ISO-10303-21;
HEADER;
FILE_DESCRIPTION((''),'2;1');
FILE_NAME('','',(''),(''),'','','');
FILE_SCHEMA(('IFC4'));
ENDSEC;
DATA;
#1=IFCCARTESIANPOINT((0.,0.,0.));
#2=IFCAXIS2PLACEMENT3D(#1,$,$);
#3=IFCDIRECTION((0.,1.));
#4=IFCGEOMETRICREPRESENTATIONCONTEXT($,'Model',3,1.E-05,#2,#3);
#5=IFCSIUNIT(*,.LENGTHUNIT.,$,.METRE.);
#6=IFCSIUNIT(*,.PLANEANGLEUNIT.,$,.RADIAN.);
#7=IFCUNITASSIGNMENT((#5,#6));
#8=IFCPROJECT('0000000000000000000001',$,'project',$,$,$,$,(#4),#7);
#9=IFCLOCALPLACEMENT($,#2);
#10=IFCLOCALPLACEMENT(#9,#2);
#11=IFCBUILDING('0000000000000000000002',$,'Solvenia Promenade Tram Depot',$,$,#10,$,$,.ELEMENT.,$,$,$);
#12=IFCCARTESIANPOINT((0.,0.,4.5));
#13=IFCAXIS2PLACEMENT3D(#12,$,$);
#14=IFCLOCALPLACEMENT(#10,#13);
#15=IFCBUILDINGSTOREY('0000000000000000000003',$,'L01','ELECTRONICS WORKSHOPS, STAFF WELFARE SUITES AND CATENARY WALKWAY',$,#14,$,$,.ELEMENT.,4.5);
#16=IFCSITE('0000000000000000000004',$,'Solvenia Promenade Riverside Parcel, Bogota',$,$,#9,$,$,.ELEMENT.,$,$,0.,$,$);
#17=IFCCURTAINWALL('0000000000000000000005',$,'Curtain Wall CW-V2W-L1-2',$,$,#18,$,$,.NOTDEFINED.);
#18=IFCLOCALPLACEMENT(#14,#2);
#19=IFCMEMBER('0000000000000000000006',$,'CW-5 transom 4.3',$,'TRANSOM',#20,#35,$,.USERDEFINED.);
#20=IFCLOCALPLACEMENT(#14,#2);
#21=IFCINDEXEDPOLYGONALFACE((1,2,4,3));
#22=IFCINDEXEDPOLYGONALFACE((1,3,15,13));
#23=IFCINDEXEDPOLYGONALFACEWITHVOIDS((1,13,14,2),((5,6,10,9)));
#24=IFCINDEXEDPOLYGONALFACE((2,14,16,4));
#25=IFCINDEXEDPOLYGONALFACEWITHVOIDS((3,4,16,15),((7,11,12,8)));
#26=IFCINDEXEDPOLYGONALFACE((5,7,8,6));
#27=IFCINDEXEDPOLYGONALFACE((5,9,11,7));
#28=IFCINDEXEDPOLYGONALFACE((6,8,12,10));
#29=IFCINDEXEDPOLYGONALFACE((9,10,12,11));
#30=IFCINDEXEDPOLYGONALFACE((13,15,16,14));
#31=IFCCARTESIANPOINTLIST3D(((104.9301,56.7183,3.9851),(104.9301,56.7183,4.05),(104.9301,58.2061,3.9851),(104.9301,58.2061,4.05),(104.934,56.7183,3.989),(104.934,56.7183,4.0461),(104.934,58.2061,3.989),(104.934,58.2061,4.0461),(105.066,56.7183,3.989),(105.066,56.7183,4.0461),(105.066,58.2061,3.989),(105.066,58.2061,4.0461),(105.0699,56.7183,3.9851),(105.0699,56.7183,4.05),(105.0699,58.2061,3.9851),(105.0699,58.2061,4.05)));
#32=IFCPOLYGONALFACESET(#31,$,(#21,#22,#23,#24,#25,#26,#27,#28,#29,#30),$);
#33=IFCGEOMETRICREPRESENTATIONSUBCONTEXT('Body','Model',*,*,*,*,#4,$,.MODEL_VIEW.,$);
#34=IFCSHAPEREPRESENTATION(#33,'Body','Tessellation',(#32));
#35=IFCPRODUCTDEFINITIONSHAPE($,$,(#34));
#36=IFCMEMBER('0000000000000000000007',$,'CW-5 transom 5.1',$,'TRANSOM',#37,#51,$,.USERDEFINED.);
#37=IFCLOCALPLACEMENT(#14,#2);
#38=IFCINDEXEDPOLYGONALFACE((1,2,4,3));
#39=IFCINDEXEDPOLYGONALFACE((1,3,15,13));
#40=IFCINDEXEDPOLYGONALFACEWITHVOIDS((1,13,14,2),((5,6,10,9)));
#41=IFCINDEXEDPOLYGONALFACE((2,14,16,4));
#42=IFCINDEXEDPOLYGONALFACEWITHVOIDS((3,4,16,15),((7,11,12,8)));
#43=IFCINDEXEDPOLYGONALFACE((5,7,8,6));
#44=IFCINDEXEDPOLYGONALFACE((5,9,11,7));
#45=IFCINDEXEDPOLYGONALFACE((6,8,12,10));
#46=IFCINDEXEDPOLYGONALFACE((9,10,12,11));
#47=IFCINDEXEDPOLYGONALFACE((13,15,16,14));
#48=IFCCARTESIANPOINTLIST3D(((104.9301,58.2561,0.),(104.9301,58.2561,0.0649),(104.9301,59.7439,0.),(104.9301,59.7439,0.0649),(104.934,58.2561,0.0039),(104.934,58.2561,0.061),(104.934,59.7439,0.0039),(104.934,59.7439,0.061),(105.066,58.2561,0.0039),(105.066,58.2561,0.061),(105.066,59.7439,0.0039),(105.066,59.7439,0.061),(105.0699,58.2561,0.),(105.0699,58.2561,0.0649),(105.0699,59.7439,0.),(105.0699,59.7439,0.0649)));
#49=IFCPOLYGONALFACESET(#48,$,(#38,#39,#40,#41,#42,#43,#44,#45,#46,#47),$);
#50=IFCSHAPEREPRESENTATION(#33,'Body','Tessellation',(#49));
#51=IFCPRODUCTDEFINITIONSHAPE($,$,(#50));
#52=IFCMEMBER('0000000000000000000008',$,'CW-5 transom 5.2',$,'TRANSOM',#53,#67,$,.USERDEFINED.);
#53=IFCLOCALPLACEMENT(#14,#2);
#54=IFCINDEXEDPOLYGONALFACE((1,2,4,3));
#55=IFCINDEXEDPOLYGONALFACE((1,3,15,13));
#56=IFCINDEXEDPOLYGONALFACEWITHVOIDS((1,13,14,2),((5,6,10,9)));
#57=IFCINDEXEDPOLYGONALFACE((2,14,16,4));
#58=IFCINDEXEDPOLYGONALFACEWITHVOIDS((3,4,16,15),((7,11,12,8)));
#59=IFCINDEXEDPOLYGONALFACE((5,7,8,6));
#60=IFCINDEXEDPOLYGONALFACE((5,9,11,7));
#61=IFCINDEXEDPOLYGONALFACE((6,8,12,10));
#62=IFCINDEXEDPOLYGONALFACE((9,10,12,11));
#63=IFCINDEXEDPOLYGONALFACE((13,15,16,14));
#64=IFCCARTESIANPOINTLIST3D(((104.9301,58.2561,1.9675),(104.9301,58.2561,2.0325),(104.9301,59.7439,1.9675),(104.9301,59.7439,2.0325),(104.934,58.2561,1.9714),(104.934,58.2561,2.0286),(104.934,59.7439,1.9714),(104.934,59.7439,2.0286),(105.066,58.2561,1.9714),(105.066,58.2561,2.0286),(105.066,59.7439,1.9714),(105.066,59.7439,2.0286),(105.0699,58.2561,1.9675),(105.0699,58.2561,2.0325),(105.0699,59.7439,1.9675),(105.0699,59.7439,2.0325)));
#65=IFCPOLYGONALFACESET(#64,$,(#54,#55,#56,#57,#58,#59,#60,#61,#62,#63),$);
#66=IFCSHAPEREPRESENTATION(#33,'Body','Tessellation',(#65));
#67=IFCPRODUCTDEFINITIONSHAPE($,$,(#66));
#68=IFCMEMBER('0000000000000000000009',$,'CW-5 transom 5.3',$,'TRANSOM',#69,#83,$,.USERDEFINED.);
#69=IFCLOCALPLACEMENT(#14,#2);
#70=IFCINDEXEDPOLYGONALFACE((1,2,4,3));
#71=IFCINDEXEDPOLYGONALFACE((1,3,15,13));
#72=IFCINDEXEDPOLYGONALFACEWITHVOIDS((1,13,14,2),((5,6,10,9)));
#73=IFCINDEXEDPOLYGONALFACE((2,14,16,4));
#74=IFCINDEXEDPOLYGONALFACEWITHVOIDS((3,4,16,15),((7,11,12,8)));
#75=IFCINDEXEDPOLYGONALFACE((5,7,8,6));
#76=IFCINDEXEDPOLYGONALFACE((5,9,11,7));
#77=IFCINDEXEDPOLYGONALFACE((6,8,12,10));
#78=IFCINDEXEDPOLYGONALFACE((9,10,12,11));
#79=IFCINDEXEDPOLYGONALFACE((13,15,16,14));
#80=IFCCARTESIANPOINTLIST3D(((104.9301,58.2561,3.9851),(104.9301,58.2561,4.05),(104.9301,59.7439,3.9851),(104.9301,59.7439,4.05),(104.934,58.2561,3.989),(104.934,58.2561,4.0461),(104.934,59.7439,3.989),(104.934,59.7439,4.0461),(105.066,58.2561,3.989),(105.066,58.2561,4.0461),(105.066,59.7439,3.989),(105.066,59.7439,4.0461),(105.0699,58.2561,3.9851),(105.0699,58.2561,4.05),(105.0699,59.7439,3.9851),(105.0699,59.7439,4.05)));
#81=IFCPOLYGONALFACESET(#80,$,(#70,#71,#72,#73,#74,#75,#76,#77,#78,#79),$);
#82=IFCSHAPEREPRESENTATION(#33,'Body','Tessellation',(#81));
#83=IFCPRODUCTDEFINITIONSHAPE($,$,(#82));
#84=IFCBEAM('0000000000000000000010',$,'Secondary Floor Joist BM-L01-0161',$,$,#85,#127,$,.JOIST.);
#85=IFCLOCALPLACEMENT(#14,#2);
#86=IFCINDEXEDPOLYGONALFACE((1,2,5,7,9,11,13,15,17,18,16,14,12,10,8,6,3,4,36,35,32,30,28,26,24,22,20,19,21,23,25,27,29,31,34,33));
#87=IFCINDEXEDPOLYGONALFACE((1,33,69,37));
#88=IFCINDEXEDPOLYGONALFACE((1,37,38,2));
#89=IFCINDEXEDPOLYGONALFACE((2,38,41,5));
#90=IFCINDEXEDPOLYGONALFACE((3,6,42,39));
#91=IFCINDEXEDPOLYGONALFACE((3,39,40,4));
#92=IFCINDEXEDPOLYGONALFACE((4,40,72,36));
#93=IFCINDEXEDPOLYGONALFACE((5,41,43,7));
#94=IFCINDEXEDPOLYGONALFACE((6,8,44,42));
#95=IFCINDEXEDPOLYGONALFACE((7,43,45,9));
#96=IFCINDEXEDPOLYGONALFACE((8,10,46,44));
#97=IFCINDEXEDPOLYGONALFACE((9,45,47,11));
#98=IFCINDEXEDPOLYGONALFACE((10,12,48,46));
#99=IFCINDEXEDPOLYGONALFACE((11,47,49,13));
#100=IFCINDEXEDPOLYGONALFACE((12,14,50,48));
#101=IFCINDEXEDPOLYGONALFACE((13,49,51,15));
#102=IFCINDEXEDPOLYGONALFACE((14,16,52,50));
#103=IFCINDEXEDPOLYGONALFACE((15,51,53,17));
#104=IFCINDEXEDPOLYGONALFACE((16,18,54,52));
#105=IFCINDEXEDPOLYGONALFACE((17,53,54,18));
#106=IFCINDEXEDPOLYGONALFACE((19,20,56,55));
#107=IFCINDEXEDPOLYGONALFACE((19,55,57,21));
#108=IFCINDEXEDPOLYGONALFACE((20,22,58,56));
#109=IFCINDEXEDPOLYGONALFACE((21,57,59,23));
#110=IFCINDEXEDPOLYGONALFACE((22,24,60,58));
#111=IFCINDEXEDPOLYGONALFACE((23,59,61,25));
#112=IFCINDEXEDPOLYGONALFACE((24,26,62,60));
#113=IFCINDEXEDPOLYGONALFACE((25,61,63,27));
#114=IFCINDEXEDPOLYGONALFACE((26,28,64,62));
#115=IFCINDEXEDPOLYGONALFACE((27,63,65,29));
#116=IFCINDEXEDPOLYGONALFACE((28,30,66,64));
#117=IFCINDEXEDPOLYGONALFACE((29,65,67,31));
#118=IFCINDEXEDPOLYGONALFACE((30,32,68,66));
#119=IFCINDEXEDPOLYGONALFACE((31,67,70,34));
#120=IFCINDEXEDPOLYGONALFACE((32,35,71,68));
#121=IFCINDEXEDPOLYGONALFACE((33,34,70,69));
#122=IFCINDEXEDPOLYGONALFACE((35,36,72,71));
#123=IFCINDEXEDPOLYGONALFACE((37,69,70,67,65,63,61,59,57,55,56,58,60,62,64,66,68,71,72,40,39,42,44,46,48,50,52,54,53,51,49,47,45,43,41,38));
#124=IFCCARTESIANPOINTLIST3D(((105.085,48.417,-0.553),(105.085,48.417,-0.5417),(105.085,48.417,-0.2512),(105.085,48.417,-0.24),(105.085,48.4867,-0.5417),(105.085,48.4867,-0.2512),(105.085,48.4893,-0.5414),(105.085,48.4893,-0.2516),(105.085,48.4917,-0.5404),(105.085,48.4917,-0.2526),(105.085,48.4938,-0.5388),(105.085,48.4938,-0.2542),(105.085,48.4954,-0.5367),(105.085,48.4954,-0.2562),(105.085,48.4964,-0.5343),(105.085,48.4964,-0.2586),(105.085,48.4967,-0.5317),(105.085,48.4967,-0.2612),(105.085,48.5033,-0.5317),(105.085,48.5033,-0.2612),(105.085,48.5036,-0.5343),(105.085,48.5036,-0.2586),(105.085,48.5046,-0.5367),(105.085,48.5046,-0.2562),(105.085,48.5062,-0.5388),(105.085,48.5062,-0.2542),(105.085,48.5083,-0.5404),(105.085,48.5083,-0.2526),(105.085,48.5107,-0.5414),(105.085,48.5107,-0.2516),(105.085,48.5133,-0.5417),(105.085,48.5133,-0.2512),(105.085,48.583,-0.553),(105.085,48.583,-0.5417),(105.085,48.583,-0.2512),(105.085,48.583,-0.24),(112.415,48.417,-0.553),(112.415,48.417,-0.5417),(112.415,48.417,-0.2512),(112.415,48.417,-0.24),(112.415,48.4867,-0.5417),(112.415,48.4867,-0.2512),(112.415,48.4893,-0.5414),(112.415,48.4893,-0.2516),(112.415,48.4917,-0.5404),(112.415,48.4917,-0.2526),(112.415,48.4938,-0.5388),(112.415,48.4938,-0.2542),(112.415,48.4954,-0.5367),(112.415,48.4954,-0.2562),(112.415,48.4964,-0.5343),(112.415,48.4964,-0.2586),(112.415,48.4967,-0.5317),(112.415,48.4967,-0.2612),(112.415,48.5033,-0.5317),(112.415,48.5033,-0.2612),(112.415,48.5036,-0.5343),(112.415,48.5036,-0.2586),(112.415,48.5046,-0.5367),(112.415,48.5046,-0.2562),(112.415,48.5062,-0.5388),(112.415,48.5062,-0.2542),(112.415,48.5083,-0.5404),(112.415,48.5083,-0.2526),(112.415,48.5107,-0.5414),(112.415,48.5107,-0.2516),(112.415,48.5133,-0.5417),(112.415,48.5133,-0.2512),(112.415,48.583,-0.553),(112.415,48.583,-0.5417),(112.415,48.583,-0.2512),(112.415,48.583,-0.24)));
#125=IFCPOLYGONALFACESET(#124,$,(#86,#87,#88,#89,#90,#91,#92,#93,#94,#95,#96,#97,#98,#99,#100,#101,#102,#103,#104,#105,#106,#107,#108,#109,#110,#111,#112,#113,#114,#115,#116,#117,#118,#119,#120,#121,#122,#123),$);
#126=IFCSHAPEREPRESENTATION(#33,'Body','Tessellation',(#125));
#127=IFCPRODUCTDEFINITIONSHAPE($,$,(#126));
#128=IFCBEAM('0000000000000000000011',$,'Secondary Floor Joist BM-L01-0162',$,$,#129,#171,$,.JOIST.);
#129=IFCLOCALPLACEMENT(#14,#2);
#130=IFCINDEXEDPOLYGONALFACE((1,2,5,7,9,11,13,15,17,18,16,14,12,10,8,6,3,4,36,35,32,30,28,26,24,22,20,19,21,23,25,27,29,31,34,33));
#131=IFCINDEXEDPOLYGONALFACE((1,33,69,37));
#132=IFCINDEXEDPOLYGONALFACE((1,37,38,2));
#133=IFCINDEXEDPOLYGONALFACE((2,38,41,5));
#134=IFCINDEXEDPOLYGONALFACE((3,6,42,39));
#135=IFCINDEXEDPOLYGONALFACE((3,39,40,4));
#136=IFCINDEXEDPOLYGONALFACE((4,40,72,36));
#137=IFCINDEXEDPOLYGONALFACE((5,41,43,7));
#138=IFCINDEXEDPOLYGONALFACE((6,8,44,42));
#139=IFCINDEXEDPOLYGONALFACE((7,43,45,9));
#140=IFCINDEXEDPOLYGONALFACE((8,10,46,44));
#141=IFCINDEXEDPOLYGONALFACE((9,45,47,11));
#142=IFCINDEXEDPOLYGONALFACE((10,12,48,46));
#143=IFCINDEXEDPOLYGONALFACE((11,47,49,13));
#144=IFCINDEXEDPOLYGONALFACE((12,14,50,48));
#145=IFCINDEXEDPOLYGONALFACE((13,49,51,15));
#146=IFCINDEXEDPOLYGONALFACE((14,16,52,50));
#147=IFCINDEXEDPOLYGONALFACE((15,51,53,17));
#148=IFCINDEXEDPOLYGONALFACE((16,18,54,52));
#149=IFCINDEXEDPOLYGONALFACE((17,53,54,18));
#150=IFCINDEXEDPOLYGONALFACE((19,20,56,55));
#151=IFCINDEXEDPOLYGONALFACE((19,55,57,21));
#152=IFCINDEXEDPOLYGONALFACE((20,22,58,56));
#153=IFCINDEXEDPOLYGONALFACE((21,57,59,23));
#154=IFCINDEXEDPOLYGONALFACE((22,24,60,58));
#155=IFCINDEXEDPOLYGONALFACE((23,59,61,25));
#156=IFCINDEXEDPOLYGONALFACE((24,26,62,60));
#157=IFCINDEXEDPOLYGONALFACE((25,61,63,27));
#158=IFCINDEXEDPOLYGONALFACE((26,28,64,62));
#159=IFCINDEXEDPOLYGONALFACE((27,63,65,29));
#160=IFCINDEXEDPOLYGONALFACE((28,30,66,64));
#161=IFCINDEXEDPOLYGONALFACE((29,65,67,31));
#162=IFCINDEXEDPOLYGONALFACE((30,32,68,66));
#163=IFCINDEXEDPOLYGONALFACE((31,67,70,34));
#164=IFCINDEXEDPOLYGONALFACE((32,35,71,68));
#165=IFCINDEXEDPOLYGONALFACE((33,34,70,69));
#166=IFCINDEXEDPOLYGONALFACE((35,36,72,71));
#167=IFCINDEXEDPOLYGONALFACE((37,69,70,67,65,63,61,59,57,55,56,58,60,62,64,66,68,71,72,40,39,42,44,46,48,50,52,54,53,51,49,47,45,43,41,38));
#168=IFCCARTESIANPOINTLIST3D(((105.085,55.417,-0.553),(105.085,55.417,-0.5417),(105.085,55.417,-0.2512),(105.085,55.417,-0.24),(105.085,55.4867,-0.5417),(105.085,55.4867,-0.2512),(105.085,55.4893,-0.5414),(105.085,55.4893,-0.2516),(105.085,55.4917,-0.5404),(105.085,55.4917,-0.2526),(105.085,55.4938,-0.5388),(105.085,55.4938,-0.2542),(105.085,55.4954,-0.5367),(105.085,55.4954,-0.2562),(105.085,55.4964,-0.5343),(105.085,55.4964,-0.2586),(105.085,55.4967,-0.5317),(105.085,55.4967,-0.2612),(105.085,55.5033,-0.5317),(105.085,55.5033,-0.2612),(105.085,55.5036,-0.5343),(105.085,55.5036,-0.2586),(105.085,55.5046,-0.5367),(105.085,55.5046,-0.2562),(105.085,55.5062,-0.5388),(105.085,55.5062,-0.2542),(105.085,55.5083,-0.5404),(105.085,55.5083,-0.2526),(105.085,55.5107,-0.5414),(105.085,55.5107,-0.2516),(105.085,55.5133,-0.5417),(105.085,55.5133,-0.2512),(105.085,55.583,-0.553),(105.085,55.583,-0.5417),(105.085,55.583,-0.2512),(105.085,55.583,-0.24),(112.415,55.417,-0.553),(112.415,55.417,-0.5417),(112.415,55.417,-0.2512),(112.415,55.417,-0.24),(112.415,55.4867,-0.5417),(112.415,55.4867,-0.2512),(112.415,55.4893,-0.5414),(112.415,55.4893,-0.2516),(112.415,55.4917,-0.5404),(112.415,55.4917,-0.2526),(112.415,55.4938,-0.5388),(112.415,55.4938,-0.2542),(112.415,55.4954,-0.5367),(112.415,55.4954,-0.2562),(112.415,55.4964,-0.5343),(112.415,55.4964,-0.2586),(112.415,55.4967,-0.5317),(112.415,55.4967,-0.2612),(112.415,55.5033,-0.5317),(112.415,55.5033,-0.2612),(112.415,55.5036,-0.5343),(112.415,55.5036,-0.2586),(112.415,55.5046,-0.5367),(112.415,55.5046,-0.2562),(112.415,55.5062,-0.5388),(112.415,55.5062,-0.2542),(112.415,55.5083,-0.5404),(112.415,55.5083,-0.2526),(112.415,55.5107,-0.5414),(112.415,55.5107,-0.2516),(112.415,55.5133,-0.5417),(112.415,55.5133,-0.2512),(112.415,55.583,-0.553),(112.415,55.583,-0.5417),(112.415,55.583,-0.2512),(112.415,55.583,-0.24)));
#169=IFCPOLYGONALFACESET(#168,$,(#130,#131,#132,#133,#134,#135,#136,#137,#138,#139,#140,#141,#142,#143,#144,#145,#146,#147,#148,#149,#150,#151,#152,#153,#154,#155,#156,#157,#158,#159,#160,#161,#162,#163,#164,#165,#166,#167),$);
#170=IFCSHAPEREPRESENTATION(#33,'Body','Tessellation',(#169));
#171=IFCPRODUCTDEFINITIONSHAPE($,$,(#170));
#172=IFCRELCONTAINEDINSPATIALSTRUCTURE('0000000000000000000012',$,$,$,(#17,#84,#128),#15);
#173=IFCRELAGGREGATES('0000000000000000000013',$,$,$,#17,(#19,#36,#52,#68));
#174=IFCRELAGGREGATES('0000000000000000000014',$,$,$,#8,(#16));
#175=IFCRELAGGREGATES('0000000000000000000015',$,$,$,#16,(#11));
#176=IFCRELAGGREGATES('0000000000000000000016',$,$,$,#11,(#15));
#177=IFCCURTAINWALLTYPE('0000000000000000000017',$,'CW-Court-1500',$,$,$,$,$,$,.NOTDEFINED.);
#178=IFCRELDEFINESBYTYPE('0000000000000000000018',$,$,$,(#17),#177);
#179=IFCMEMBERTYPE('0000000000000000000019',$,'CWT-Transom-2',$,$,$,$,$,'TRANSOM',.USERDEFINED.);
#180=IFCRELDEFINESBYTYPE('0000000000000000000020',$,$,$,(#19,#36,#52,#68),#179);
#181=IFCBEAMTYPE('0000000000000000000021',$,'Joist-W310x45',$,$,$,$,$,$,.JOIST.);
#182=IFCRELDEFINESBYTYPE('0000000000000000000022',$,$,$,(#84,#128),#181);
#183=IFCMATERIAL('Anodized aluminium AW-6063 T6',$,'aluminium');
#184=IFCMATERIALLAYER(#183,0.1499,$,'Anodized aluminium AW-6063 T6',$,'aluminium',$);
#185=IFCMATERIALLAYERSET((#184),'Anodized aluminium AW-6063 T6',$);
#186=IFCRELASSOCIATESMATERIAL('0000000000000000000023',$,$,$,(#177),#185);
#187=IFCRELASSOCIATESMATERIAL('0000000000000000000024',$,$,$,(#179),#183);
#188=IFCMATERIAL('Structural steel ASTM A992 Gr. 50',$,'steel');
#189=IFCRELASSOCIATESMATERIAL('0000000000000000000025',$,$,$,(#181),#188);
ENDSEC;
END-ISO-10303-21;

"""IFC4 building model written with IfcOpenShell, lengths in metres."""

from ifc_helpers import new_model, si_unit, direction, frame, origin, origin_2d, place, context, subcontext, project, spatial, hollow_rectangle, i_section, extrude, material, layer, layer_set, material_profile, profile_set, type_object, element, aggregate, save


model = new_model("IFC4")

# Units and contexts
model_context = context("Model", 3, precision=1e-05, world=origin(), true_north=direction((0.0, 1.0)))
body_context = subcontext(model_context, "Body", "Model", "MODEL_VIEW")
ifc_project = project(units=[si_unit("LENGTHUNIT", "METRE"), si_unit("PLANEANGLEUNIT", "RADIAN")], contexts=[model_context])

# Site, building, storey
site_placement = place(None, origin())
site = spatial("IfcSite", under=ifc_project, at=site_placement, Name="Solvenia Promenade Riverside Parcel, Bogota", CompositionType="ELEMENT", RefElevation=0.0)
building_placement = place(site_placement, origin())
building = spatial("IfcBuilding", under=site, at=building_placement, Name="Solvenia Promenade Tram Depot", CompositionType="ELEMENT")
storey_placement = place(building_placement, frame((0.0, 0.0, 4.5)))
storey = spatial("IfcBuildingStorey", under=building, at=storey_placement, Name="L01", Description="ELECTRONICS WORKSHOPS, STAFF WELFARE SUITES AND CATENARY WALKWAY", CompositionType="ELEMENT", Elevation=4.5)

# Shared definitions
ifc_material_1 = material(Name="Structural steel ASTM A992 Gr. 50", Category="steel")

# Curtain wall, members
ifc_material_2 = material(Name="Anodized aluminium AW-6063 T6", Category="aluminium")
ifc_layer_1 = layer(ifc_material_2, 0.1499, Name="Anodized aluminium AW-6063 T6", Category="aluminium")
ifc_layer_set_1 = layer_set([ifc_layer_1], Name="Anodized aluminium AW-6063 T6")
curtain_wall_type = type_object("IfcCurtainWallType", Name="CW-Court-1500", PredefinedType="NOTDEFINED", material=ifc_layer_set_1)
curtain_wall_placement = place(storey_placement, origin())
curtain_wall = element("IfcCurtainWall", 1, at=curtain_wall_placement, inside=storey, type_object=curtain_wall_type, Name="Curtain Wall CW-V2W-L1-2", PredefinedType="NOTDEFINED")
ifc_material_profile_1 = material_profile(ifc_material_2, hollow_rectangle(XDim=0.1399, YDim=0.0649, WallThickness=0.0039, at=origin_2d()), Name="ALU-T2", Category="aluminium")
ifc_profile_set_1 = profile_set([ifc_material_profile_1], Name="Anodized aluminium AW-6063 T6")
member_type_1 = type_object("IfcMemberType", Name="CWT-Transom-2", ElementType="TRANSOM", PredefinedType="USERDEFINED", material=ifc_profile_set_1)
member_1_placement = place(storey_placement, frame((105.0, 56.7183, 4.0176), z_axis=(0.0, 1.0, 0.0), x_axis=(-1.0, 0.0, 0.0)))
member_1 = element("IfcMember", 2, at=member_1_placement, type_object=member_type_1, Name="CW-5 transom 4.3", ObjectType="TRANSOM", PredefinedType="USERDEFINED", context=body_context, shape_type="SweptSolid", body=[
    extrude(hollow_rectangle(XDim=0.1399, YDim=0.0649, WallThickness=0.0039, at=origin_2d()), origin(), (0.0, 0.0, 1.0), 1.4878),
])
member_2_placement = place(storey_placement, frame((105.0, 58.2561, 0.0325), z_axis=(0.0, 1.0, 0.0), x_axis=(-1.0, 0.0, 0.0)))
member_2 = element("IfcMember", 3, at=member_2_placement, type_object=member_type_1, Name="CW-5 transom 5.1", ObjectType="TRANSOM", PredefinedType="USERDEFINED", context=body_context, shape_type="SweptSolid", body=[
    extrude(hollow_rectangle(XDim=0.1399, YDim=0.0649, WallThickness=0.0039, at=origin_2d()), origin(), (0.0, 0.0, 1.0), 1.4878),
])
member_3_placement = place(storey_placement, frame((105.0, 58.2561, 2.0), z_axis=(0.0, 1.0, 0.0), x_axis=(-1.0, 0.0, 0.0)))
member_3 = element("IfcMember", 4, at=member_3_placement, type_object=member_type_1, Name="CW-5 transom 5.2", ObjectType="TRANSOM", PredefinedType="USERDEFINED", context=body_context, shape_type="SweptSolid", body=[
    extrude(hollow_rectangle(XDim=0.1399, YDim=0.0649, WallThickness=0.0039, at=origin_2d()), origin(), (0.0, 0.0, 1.0), 1.4878),
])
member_4_placement = place(storey_placement, frame((105.0, 58.2561, 4.0176), z_axis=(0.0, 1.0, 0.0), x_axis=(-1.0, 0.0, 0.0)))
member_4 = element("IfcMember", 5, at=member_4_placement, type_object=member_type_1, Name="CW-5 transom 5.3", ObjectType="TRANSOM", PredefinedType="USERDEFINED", context=body_context, shape_type="SweptSolid", body=[
    extrude(hollow_rectangle(XDim=0.1399, YDim=0.0649, WallThickness=0.0039, at=origin_2d()), origin(), (0.0, 0.0, 1.0), 1.4878),
])

# Beams
ifc_material_profile_2 = material_profile(ifc_material_1, i_section(OverallWidth=0.166, OverallDepth=0.313, WebThickness=0.0066, FlangeThickness=0.0112, FilletRadius=0.01, at=origin_2d()), Name="W310x45", Category="steel")
ifc_profile_set_2 = profile_set([ifc_material_profile_2], Name="Structural steel ASTM A992 Gr. 50")
beam_type_1 = type_object("IfcBeamType", Name="Joist-W310x45", PredefinedType="JOIST", material=ifc_profile_set_2)
for number, where, z_axis, x_axis, name in (
    (6, (105.085, 48.5, -0.3965), (1.0, 0.0, 0.0), (0.0, 1.0, 0.0), "Secondary Floor Joist BM-L01-0161"),
    (7, (105.085, 55.5, -0.3965), (1.0, 0.0, 0.0), (0.0, 1.0, 0.0), "Secondary Floor Joist BM-L01-0162"),
):
    element("IfcBeam", number, at=place(storey_placement, frame(where, z_axis=z_axis, x_axis=x_axis)), inside=storey, type_object=beam_type_1, Name=name, PredefinedType="JOIST", context=body_context, shape_type="SweptSolid", body=[
        extrude(i_section(OverallWidth=0.166, OverallDepth=0.313, WebThickness=0.0066, FlangeThickness=0.0112, FilletRadius=0.01, at=origin_2d()), origin(), (0.0, 0.0, 1.0), 7.3301),
    ])

aggregate(curtain_wall, [member_1, member_2, member_3, member_4])

save(model, "model.ifc")
